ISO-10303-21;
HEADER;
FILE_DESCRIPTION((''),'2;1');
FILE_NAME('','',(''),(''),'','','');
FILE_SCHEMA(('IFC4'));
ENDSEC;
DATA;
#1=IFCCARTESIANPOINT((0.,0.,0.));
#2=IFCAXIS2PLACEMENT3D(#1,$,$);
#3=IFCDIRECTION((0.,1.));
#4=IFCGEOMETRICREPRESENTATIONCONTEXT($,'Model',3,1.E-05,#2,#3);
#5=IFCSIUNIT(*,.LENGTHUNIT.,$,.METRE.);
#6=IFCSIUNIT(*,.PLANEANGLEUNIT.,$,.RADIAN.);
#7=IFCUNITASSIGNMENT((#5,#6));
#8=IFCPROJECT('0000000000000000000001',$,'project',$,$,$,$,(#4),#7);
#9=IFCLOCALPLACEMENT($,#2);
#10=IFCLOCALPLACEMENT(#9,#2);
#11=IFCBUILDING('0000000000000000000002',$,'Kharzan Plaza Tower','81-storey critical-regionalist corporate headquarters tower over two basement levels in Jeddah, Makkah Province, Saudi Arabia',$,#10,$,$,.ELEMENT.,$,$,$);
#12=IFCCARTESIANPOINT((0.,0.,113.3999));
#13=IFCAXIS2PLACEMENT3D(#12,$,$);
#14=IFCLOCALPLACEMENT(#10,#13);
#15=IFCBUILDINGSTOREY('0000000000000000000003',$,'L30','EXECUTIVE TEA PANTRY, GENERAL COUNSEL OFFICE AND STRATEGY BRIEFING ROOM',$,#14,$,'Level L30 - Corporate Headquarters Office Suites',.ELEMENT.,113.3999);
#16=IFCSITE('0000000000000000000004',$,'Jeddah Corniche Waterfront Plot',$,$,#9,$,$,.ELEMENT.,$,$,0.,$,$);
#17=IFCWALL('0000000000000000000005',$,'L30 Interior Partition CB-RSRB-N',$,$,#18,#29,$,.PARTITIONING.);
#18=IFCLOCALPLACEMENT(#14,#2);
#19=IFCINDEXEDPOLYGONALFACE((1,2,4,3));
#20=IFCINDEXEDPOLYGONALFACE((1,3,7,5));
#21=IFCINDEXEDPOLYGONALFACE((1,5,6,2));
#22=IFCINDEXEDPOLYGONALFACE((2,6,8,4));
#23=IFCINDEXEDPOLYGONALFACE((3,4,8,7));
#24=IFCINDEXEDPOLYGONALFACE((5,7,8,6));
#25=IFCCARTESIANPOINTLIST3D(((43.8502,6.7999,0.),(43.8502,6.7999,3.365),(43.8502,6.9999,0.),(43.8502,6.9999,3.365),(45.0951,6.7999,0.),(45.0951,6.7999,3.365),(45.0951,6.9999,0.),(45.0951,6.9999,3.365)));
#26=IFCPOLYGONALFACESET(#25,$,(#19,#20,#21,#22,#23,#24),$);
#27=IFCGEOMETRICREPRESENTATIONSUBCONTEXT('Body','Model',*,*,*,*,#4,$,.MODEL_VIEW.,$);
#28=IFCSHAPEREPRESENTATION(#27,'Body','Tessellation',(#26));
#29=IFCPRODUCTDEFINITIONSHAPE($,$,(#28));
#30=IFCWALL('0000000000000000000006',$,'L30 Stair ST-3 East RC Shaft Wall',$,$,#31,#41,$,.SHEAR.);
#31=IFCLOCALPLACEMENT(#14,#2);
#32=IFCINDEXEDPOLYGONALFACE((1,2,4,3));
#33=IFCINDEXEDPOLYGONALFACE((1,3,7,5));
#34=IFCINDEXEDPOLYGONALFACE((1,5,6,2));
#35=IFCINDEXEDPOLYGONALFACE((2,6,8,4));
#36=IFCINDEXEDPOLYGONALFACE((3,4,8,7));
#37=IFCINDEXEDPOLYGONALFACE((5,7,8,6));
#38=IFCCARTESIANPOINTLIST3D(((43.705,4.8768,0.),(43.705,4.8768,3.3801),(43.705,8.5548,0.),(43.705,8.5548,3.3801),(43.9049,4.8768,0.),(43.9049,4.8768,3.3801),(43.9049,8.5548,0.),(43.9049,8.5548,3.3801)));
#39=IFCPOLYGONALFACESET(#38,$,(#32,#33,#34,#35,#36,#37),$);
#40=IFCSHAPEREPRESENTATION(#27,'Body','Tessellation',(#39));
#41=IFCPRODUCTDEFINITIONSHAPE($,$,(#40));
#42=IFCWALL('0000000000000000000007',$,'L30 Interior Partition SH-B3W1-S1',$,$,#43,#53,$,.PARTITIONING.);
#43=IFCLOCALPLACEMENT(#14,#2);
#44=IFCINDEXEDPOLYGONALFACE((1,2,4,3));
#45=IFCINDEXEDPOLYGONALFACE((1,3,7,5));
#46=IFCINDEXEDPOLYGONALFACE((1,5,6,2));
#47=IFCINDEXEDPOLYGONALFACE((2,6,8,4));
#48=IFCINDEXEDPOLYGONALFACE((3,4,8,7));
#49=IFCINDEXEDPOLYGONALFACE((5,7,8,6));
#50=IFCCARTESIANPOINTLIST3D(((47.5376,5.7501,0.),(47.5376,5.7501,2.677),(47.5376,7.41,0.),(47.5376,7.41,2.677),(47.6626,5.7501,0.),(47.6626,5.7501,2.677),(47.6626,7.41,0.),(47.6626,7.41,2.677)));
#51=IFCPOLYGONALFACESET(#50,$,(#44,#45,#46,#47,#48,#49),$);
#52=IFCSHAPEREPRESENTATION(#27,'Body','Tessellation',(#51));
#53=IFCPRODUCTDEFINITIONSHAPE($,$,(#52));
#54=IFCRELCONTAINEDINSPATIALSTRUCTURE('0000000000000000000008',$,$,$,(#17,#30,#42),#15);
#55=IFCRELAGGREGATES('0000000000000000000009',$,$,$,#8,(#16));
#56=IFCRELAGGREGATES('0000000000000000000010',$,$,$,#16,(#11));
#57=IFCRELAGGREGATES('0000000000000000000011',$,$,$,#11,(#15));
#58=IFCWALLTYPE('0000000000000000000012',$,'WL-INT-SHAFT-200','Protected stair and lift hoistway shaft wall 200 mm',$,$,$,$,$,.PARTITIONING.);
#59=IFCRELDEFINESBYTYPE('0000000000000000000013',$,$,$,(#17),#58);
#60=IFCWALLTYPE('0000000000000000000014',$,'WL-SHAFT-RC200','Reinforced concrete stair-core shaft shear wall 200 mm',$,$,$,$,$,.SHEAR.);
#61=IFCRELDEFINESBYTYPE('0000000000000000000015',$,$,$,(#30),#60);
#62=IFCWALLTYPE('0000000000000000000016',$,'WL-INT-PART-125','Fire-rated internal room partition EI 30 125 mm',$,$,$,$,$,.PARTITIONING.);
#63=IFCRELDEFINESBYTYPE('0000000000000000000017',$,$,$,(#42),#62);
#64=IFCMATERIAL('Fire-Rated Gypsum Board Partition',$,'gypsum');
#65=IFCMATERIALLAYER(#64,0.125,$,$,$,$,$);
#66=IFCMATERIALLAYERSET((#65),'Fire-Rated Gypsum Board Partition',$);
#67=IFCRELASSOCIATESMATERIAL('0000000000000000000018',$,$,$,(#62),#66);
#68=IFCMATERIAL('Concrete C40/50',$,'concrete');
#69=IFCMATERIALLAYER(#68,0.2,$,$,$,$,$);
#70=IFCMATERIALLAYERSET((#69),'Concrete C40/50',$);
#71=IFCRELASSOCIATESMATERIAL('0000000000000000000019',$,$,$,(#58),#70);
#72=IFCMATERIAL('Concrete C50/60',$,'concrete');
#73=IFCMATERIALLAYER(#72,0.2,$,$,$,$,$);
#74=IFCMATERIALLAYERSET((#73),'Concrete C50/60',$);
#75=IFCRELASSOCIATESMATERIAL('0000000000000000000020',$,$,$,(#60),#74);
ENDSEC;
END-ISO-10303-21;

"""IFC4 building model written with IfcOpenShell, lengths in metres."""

from ifc_helpers import new_model, si_unit, direction, frame, frame_2d, origin, place, context, subcontext, project, spatial, rectangle, extrude, source, transform, mapped, material, layer, layer_set, type_object, element, save


model = new_model("IFC4")

# Units and contexts
model_context = context("Model", 3, precision=1e-05, world=origin(), true_north=direction((0.0, 1.0)))
body_context = subcontext(model_context, "Body", "Model", "MODEL_VIEW")
ifc_project = project(units=[si_unit("LENGTHUNIT", "METRE"), si_unit("PLANEANGLEUNIT", "RADIAN")], contexts=[model_context])

# Site, building, storey
site_placement = place(None, origin())
site = spatial("IfcSite", under=ifc_project, at=site_placement, Name="Jeddah Corniche Waterfront Plot", CompositionType="ELEMENT", RefElevation=0.0)
building_placement = place(site_placement, origin())
building = spatial("IfcBuilding", under=site, at=building_placement, Name="Kharzan Plaza Tower", Description="81-storey critical-regionalist corporate headquarters tower over two basement levels in Jeddah, Makkah Province, Saudi Arabia", CompositionType="ELEMENT")
storey_placement = place(building_placement, frame((0.0, 0.0, 113.3999)))
storey = spatial("IfcBuildingStorey", under=building, at=storey_placement, Name="L30", Description="EXECUTIVE TEA PANTRY, GENERAL COUNSEL OFFICE AND STRATEGY BRIEFING ROOM", LongName="Level L30 - Corporate Headquarters Office Suites", CompositionType="ELEMENT", Elevation=113.3999)

# Shared definitions
ifc_material_1 = material(Name="Concrete C50/60", Category="concrete")

# Shared definitions
ifc_material_2 = material(Name="Fire-Rated Gypsum Board Partition", Category="gypsum")
ifc_layer_1 = layer(ifc_material_2, 0.125)
ifc_layer_set_1 = layer_set([ifc_layer_1], Name="Fire-Rated Gypsum Board Partition")
wall_type_1 = type_object("IfcWallType", Name="WL-INT-PART-125", Description="Fire-rated internal room partition EI 30 125 mm", PredefinedType="PARTITIONING", material=ifc_layer_set_1)

# Walls
ifc_material_3 = material(Name="Concrete C40/50", Category="concrete")
ifc_layer_2 = layer(ifc_material_3, 0.2)
ifc_layer_set_2 = layer_set([ifc_layer_2], Name="Concrete C40/50")
wall_type_2 = type_object("IfcWallType", Name="WL-INT-SHAFT-200", Description="Protected stair and lift hoistway shaft wall 200 mm", PredefinedType="PARTITIONING", material=ifc_layer_set_2)
shared_shape_1 = source(origin(), body_context, "Body", "SweptSolid", [
    extrude(rectangle(XDim=1.2449, YDim=0.2, at=frame_2d((0.6226, 0.0))), origin(), (0.0, 0.0, 1.0), 3.365),
])
wall_1_placement = place(storey_placement, frame((43.8501, 6.8999, 0.0), z_axis=(0.0, 0.0, 1.0), x_axis=(1.0, 0.0, 0.0)))
element("IfcWall", 1, at=wall_1_placement, inside=storey, type_object=wall_type_2, Name="L30 Interior Partition CB-RSRB-N", PredefinedType="PARTITIONING", context=body_context, shape_type="MappedRepresentation", body=[
    mapped(shared_shape_1, transform((0.0, 0.0, 0.0), x_axis=(1.0, 0.0, 0.0), y_axis=(0.0, 1.0, 0.0), z_axis=(0.0, 0.0, 1.0))),
])
ifc_layer_3 = layer(ifc_material_1, 0.2)
ifc_layer_set_3 = layer_set([ifc_layer_3], Name="Concrete C50/60")
wall_type_3 = type_object("IfcWallType", Name="WL-SHAFT-RC200", Description="Reinforced concrete stair-core shaft shear wall 200 mm", PredefinedType="SHEAR", material=ifc_layer_set_3)
shared_shape_2 = source(origin(), body_context, "Body", "SweptSolid", [
    extrude(rectangle(XDim=3.678, YDim=0.2, at=frame_2d((1.8389, 0.0))), origin(), (0.0, 0.0, 1.0), 3.3801),
])
wall_2_placement = place(storey_placement, frame((43.8049, 4.877, 0.0), z_axis=(0.0, 0.0, 1.0), x_axis=(0.0, 1.0, 0.0)))
element("IfcWall", 2, at=wall_2_placement, inside=storey, type_object=wall_type_3, Name="L30 Stair ST-3 East RC Shaft Wall", PredefinedType="SHEAR", context=body_context, shape_type="MappedRepresentation", body=[
    mapped(shared_shape_2, transform((0.0, 0.0, 0.0), x_axis=(1.0, 0.0, 0.0), y_axis=(0.0, 1.0, 0.0), z_axis=(0.0, 0.0, 1.0))),
])
shared_shape_3 = source(origin(), body_context, "Body", "SweptSolid", [
    extrude(rectangle(XDim=1.6599, YDim=0.125, at=frame_2d((0.8301, 0.0))), origin(), (0.0, 0.0, 1.0), 2.677),
])
wall_3_placement = place(storey_placement, frame((47.6001, 5.75, 0.0), z_axis=(0.0, 0.0, 1.0), x_axis=(0.0, 1.0, 0.0)))
element("IfcWall", 3, at=wall_3_placement, inside=storey, type_object=wall_type_1, Name="L30 Interior Partition SH-B3W1-S1", PredefinedType="PARTITIONING", context=body_context, shape_type="MappedRepresentation", body=[
    mapped(shared_shape_3, transform((0.0, 0.0, 0.0), x_axis=(1.0, 0.0, 0.0), y_axis=(0.0, 1.0, 0.0), z_axis=(0.0, 0.0, 1.0))),
])

save(model, "model.ifc")
